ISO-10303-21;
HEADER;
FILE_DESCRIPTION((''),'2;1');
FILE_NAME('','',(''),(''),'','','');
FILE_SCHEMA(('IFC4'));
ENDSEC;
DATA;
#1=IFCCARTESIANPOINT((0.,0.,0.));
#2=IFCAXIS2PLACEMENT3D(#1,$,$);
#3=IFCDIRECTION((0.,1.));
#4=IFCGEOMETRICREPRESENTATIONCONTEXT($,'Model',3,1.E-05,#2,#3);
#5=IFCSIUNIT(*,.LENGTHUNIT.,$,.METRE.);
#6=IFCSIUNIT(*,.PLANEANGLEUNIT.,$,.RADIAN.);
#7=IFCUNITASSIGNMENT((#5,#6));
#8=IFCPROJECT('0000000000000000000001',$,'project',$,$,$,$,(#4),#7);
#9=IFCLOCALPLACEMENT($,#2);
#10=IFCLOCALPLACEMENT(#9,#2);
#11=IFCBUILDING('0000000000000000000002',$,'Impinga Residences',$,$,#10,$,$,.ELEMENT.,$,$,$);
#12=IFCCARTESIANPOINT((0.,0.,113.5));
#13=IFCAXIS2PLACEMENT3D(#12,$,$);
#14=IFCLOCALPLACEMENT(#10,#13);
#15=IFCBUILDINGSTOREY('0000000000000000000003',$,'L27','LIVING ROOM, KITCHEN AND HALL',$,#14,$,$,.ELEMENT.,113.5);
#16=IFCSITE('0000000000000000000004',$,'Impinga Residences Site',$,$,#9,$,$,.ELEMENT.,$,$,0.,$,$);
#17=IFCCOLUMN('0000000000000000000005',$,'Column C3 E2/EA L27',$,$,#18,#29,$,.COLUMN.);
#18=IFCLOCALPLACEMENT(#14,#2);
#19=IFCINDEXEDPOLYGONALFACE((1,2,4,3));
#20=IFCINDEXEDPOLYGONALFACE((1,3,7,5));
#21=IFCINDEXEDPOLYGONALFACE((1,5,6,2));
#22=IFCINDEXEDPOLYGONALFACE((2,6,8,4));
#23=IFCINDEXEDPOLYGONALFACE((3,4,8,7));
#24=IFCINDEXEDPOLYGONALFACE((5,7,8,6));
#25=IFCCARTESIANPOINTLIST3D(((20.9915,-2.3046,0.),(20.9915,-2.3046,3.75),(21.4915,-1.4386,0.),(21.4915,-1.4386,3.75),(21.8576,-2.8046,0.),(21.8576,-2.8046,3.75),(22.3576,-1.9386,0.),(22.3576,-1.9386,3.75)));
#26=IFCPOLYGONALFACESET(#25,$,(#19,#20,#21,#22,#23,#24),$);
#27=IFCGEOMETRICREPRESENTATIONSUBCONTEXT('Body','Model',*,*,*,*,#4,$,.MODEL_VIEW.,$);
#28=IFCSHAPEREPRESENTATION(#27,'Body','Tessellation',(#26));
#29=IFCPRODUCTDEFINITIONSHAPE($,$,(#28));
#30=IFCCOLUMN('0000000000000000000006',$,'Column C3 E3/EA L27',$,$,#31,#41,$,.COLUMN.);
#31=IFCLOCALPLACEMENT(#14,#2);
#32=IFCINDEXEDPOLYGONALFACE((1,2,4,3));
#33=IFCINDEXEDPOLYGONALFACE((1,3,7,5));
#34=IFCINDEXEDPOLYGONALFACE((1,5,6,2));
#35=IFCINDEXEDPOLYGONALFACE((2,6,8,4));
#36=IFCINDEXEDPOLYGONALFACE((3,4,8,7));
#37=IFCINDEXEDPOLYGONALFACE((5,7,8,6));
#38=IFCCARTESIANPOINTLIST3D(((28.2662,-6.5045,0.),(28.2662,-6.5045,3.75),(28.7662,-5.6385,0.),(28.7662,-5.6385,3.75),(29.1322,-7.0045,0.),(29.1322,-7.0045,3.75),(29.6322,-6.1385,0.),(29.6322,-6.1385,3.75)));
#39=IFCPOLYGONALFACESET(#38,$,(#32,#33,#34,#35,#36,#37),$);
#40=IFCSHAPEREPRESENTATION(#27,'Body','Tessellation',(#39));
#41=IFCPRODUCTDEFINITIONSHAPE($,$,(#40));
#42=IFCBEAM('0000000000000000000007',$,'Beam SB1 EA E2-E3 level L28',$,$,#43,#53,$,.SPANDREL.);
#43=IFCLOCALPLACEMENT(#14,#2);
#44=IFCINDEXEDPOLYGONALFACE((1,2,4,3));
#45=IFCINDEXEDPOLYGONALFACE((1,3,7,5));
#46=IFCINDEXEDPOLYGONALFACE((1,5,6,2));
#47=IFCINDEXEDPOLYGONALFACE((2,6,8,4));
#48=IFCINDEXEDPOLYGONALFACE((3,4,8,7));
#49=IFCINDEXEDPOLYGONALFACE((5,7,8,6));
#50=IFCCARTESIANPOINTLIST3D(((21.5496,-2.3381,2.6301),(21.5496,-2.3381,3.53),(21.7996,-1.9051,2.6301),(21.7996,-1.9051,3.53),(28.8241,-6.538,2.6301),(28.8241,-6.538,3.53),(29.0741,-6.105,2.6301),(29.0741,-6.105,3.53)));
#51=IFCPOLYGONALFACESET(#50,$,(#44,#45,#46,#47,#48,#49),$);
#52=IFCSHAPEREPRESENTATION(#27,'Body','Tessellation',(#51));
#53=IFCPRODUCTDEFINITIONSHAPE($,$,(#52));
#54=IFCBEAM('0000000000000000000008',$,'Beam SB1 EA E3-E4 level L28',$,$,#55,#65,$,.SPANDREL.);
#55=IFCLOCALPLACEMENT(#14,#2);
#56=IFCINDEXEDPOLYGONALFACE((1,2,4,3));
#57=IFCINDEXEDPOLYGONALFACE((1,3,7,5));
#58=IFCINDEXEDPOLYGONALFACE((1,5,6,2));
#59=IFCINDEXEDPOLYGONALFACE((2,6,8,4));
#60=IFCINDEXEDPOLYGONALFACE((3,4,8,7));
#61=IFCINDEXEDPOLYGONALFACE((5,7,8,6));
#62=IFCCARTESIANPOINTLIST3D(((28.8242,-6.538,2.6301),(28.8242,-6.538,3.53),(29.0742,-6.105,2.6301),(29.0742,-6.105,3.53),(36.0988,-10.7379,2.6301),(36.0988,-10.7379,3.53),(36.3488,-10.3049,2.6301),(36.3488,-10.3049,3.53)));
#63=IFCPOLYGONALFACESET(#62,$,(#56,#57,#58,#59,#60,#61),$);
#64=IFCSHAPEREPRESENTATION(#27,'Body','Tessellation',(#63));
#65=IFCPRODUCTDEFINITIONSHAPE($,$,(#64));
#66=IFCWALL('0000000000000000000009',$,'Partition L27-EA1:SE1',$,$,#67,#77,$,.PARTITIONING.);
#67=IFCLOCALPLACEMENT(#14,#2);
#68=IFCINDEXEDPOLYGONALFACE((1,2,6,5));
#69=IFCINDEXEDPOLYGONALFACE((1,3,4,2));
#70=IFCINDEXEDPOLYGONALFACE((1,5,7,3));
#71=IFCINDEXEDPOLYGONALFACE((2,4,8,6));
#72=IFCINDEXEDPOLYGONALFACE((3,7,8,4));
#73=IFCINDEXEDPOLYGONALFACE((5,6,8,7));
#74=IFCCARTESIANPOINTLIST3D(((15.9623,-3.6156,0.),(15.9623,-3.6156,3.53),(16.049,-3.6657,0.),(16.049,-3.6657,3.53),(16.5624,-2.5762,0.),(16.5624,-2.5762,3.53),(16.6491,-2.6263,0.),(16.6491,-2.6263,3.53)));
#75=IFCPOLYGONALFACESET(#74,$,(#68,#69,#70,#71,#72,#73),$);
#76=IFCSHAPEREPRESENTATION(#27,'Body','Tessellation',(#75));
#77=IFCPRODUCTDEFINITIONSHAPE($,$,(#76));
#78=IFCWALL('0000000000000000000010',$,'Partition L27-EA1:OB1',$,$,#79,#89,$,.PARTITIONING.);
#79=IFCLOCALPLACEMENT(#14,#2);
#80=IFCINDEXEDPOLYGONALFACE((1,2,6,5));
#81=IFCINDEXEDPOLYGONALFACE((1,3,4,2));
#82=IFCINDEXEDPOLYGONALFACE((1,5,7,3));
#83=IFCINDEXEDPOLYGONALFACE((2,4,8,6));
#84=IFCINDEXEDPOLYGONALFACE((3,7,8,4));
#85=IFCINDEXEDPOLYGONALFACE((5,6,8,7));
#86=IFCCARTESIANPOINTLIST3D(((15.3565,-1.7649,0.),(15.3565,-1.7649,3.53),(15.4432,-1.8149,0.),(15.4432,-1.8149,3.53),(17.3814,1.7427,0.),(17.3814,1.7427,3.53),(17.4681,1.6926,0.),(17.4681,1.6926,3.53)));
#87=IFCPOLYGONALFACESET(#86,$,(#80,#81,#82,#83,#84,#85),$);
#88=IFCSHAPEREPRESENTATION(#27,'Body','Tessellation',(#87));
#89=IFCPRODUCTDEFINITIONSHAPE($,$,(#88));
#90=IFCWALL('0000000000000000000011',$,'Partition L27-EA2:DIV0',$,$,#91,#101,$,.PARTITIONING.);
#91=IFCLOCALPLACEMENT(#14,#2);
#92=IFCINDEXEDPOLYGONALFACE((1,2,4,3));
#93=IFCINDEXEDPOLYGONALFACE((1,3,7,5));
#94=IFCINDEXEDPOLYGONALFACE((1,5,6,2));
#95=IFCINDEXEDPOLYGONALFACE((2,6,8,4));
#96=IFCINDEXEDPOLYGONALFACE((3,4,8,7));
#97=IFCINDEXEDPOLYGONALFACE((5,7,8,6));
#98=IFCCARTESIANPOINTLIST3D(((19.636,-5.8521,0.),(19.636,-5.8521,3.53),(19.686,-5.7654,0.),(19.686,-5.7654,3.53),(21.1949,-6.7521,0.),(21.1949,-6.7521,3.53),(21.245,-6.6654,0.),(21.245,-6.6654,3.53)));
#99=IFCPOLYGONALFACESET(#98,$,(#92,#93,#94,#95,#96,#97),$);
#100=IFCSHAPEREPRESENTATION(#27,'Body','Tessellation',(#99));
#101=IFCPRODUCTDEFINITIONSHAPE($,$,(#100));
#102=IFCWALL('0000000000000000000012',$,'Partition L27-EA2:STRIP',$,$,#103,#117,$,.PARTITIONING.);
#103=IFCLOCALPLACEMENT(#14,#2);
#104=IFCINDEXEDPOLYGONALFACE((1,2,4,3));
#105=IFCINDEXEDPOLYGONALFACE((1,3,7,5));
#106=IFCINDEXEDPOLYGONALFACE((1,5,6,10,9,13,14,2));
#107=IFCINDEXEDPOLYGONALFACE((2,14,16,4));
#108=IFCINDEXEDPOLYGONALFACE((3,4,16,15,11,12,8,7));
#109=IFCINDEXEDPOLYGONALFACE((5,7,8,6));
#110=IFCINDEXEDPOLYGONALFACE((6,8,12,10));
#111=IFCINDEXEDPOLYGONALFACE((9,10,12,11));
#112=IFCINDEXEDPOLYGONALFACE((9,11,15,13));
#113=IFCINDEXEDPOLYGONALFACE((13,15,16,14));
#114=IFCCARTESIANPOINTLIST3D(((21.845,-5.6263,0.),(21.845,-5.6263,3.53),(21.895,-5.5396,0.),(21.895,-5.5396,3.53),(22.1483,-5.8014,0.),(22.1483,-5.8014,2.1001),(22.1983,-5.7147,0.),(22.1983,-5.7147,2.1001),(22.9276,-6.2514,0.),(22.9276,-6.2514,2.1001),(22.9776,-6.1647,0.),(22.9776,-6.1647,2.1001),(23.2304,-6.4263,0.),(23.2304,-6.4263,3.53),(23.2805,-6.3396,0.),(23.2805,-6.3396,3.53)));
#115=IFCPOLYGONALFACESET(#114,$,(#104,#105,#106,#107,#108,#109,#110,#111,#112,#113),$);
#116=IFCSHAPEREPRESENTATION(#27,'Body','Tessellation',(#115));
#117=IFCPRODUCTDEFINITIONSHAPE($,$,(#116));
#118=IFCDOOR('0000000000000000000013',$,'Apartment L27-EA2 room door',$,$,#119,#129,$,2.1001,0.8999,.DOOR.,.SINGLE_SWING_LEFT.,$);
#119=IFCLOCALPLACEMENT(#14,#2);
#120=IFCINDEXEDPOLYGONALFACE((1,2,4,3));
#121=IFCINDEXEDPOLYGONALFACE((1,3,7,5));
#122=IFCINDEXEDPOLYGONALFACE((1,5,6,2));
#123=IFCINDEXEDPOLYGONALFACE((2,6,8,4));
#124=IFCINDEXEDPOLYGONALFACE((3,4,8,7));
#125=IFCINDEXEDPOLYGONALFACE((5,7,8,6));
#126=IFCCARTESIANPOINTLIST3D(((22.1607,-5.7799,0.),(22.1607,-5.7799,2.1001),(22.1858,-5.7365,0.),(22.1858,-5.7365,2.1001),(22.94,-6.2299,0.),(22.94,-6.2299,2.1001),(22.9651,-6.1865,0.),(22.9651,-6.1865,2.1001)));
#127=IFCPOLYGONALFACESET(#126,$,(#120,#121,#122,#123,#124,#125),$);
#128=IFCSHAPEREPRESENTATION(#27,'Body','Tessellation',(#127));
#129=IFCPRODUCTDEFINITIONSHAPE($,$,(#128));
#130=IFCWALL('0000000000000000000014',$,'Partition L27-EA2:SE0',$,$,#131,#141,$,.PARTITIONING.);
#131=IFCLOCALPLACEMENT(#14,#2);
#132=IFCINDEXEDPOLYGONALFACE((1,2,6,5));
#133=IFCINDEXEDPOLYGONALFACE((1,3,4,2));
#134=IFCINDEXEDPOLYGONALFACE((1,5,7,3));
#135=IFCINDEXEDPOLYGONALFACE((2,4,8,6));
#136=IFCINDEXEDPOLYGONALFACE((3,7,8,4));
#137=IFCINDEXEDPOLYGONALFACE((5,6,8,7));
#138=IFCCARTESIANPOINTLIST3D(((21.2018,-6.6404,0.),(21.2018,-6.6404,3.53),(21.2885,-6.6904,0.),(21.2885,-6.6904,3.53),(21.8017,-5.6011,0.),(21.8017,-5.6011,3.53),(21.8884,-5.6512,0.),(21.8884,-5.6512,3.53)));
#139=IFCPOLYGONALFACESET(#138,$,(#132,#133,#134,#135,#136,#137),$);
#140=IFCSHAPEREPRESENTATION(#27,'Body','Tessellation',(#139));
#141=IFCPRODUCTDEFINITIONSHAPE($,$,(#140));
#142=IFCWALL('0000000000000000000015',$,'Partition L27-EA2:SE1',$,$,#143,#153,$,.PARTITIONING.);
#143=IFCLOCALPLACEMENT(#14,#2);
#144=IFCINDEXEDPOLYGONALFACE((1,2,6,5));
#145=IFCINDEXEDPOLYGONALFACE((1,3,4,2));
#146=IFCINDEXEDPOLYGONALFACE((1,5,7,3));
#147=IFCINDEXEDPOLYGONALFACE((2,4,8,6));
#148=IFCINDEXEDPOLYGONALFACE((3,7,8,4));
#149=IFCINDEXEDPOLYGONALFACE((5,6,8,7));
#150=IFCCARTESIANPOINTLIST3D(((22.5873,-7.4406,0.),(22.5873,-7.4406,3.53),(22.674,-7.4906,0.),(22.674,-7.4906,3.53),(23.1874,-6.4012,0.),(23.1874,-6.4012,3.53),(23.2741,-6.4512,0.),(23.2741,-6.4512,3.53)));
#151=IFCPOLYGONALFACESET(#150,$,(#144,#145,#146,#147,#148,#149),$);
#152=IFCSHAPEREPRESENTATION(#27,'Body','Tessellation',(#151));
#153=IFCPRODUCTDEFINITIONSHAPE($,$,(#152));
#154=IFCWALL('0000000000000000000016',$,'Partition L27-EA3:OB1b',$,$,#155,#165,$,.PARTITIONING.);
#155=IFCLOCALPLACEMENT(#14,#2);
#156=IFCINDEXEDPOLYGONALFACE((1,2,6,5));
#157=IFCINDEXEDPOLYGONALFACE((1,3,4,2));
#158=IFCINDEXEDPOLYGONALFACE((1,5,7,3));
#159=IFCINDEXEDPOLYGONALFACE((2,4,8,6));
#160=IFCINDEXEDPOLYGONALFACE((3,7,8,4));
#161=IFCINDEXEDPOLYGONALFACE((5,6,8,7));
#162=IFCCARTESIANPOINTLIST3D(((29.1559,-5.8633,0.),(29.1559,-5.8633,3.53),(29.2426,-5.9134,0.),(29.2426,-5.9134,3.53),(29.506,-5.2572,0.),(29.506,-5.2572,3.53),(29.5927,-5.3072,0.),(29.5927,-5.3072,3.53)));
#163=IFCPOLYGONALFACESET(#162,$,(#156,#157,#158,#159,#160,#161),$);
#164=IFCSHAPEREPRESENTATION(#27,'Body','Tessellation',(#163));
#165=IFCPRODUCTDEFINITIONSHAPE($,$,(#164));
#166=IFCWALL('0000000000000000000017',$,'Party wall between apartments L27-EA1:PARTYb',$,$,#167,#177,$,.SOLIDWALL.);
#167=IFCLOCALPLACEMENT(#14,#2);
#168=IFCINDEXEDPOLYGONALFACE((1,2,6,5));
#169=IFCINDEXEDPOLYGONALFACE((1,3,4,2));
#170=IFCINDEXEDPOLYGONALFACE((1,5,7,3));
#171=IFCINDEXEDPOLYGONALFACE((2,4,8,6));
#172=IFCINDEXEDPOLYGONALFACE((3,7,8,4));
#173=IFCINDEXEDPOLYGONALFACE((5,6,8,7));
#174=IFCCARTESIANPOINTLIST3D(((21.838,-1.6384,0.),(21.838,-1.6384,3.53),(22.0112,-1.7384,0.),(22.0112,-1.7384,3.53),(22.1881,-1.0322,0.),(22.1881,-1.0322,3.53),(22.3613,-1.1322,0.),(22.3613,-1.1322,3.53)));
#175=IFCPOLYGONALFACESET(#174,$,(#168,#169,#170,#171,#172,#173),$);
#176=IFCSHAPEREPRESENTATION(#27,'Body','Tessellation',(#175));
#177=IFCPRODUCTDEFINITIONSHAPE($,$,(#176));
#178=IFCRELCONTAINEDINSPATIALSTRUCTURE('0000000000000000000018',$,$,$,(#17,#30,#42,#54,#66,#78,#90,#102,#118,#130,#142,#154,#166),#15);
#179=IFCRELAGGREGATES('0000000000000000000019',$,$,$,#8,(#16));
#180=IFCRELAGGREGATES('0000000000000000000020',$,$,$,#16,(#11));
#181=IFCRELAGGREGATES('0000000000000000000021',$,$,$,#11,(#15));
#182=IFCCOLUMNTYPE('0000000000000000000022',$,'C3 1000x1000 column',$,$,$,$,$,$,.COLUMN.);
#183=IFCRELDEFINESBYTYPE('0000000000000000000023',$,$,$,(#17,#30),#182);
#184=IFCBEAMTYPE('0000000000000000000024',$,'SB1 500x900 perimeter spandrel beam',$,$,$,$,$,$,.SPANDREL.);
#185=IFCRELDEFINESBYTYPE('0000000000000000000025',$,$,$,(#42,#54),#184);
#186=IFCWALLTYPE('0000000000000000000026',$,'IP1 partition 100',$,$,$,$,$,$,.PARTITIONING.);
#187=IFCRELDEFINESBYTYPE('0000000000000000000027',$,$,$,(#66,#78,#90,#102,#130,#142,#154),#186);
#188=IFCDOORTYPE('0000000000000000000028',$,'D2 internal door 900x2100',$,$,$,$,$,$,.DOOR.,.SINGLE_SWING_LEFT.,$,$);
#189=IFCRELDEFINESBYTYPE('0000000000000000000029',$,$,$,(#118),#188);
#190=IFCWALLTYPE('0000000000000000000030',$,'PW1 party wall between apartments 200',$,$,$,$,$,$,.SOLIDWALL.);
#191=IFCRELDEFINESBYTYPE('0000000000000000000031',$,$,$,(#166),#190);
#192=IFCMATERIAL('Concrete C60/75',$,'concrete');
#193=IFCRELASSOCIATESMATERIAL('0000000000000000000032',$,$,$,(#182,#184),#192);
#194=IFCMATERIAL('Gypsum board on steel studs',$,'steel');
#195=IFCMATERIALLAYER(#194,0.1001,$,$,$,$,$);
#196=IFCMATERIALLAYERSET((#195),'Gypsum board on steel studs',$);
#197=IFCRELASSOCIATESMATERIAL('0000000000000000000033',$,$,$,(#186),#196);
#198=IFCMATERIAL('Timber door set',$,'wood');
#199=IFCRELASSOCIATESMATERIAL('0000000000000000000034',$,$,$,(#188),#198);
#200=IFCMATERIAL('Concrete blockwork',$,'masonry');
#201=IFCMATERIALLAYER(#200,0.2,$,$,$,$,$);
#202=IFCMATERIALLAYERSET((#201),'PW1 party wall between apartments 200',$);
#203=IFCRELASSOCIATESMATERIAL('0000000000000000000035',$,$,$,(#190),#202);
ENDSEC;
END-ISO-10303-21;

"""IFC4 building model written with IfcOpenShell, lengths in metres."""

from ifc_helpers import new_model, si_unit, direction, frame, frame_2d, origin, origin_2d, place, context, subcontext, project, spatial, rectangle, extrude, material, layer, layer_set, material_profile, profile_set, type_object, element, fill, save


model = new_model("IFC4")

# Units and contexts
model_context = context("Model", 3, precision=1e-05, world=origin(), true_north=direction((0.0, 1.0)))
body_context = subcontext(model_context, "Body", "Model", "MODEL_VIEW")
ifc_project = project(units=[si_unit("LENGTHUNIT", "METRE"), si_unit("PLANEANGLEUNIT", "RADIAN")], contexts=[model_context])

# Site, building, storey
site_placement = place(None, origin())
site = spatial("IfcSite", under=ifc_project, at=site_placement, Name="Impinga Residences Site", CompositionType="ELEMENT", RefElevation=0.0)
building_placement = place(site_placement, origin())
building = spatial("IfcBuilding", under=site, at=building_placement, Name="Impinga Residences", CompositionType="ELEMENT")
storey_placement = place(building_placement, frame((0.0, 0.0, 113.5)))
storey = spatial("IfcBuildingStorey", under=building, at=storey_placement, Name="L27", Description="LIVING ROOM, KITCHEN AND HALL", CompositionType="ELEMENT", Elevation=113.5)

# Columns
ifc_material_1 = material(Name="Concrete C60/75", Category="concrete")
ifc_material_profile_1 = material_profile(ifc_material_1, rectangle(XDim=1.0, YDim=1.0, at=origin_2d()), Name="RC 1000x1000")
ifc_profile_set_1 = profile_set([ifc_material_profile_1], Name="Concrete C60/75")
column_type = type_object("IfcColumnType", Name="C3 1000x1000 column", PredefinedType="COLUMN", material=ifc_profile_set_1)
for number, where, z_axis, x_axis, name in (
    (1, (21.6746, -2.1216, 0.0), (0.0, 0.0, 1.0), (-0.5, -0.866025, 0.0), "Column C3 E2/EA L27"),
    (2, (28.9492, -6.3215, 0.0), (0.0, 0.0, 1.0), (-0.5, -0.866025, 0.0), "Column C3 E3/EA L27"),
):
    element("IfcColumn", number, at=place(storey_placement, frame(where, z_axis=z_axis, x_axis=x_axis)), inside=storey, type_object=column_type, Name=name, PredefinedType="COLUMN", context=body_context, shape_type="SweptSolid", body=[
        extrude(rectangle(XDim=1.0, YDim=1.0, at=origin_2d()), origin(), (0.0, 0.0, 1.0), 3.75),
    ])

# Beams
ifc_material_profile_2 = material_profile(ifc_material_1, rectangle(XDim=0.5, YDim=0.8999, at=origin_2d()), Name="RC 500x900")
ifc_profile_set_2 = profile_set([ifc_material_profile_2], Name="Concrete C60/75")
beam_type = type_object("IfcBeamType", Name="SB1 500x900 perimeter spandrel beam", PredefinedType="SPANDREL", material=ifc_profile_set_2)
for number, where, z_axis, x_axis, name in (
    (3, (21.6746, -2.1216, 3.0801), (0.866029, -0.499993, 0.0), (0.499993, 0.866029, 0.0), "Beam SB1 EA E2-E3 level L28"),
    (4, (28.9492, -6.3215, 3.0801), (0.866029, -0.499993, 0.0), (0.499993, 0.866029, 0.0), "Beam SB1 EA E3-E4 level L28"),
):
    element("IfcBeam", number, at=place(storey_placement, frame(where, z_axis=z_axis, x_axis=x_axis)), inside=storey, type_object=beam_type, Name=name, PredefinedType="SPANDREL", context=body_context, shape_type="SweptSolid", body=[
        extrude(rectangle(XDim=0.5, YDim=0.8999, at=origin_2d()), origin(), (0.0, 0.0, 1.0), 8.3999),
    ])

# Walls
ifc_material_2 = material(Name="Gypsum board on steel studs", Category="steel")
ifc_layer_1 = layer(ifc_material_2, 0.1001)
ifc_layer_set_1 = layer_set([ifc_layer_1], Name="Gypsum board on steel studs")
wall_type_1 = type_object("IfcWallType", Name="IP1 partition 100", PredefinedType="PARTITIONING", material=ifc_layer_set_1)
wall_1_placement = place(storey_placement, frame((16.0056, -3.6406, 0.0), z_axis=(0.0, 0.0, 1.0), x_axis=(0.500034, 0.866006, 0.0)))
element("IfcWall", 5, at=wall_1_placement, inside=storey, type_object=wall_type_1, Name="Partition L27-EA1:SE1", PredefinedType="PARTITIONING", context=body_context, shape_type="SweptSolid", body=[
    extrude(rectangle(XDim=1.2002, YDim=0.1001, at=frame_2d((0.6001, 0.0))), origin(), (0.0, 0.0, 1.0), 3.53),
])
wall_2_placement = place(storey_placement, frame((15.3999, -1.7898, 0.0), z_axis=(0.0, 0.0, 1.0), x_axis=(0.499964, 0.866046, 0.0)))
element("IfcWall", 6, at=wall_2_placement, inside=storey, type_object=wall_type_1, Name="Partition L27-EA1:OB1", PredefinedType="PARTITIONING", context=body_context, shape_type="SweptSolid", body=[
    extrude(rectangle(XDim=4.05, YDim=0.1001, at=frame_2d((2.0249, 0.0))), origin(), (0.0, 0.0, 1.0), 3.53),
])
wall_3_placement = place(storey_placement, frame((19.6611, -5.8088, 0.0), z_axis=(0.0, 0.0, 1.0), x_axis=(0.866048, -0.499961, 0.0)))
element("IfcWall", 7, at=wall_3_placement, inside=storey, type_object=wall_type_1, Name="Partition L27-EA2:DIV0", PredefinedType="PARTITIONING", context=body_context, shape_type="SweptSolid", body=[
    extrude(rectangle(XDim=1.8, YDim=0.1001, at=frame_2d((0.8999, 0.0))), origin(), (0.0, 0.0, 1.0), 3.53),
])

# Wall, opening, door
wall_4_placement = place(storey_placement, frame((21.8701, -5.583, 0.0), z_axis=(0.0, 0.0, 1.0), x_axis=(0.86599, -0.500061, 0.0)))
wall_4 = element("IfcWall", 8, at=wall_4_placement, inside=storey, type_object=wall_type_1, Name="Partition L27-EA2:STRIP", PredefinedType="PARTITIONING", context=body_context, shape_type="SweptSolid", body=[
    extrude(rectangle(XDim=1.5999, YDim=0.1001, at=frame_2d((0.7998, 0.0))), origin(), (0.0, 0.0, 1.0), 3.53),
])
opening_placement = place(wall_4_placement, frame((0.3501, 0.0, 0.0)))
opening = element("IfcOpeningElement", 9, at=opening_placement, cuts=wall_4, PredefinedType="OPENING", context=body_context, shape_type="SweptSolid", body=[
    extrude(rectangle(XDim=0.8999, YDim=2.1001, at=frame_2d((0.45, 1.05))), frame((0.0, 0.0601, 0.0), z_axis=(0.0, -1.0, 0.0), x_axis=(1.0, 0.0, 0.0)), (0.0, 0.0, 1.0), 0.1201),
])
ifc_material_3 = material(Name="Timber door set", Category="wood")
door_type = type_object("IfcDoorType", Name="D2 internal door 900x2100", OperationType="SINGLE_SWING_LEFT", PredefinedType="DOOR", material=ifc_material_3)
door_placement = place(opening_placement, origin())
door = element("IfcDoor", 10, at=door_placement, inside=storey, type_object=door_type, Name="Apartment L27-EA2 room door", OperationType="SINGLE_SWING_LEFT", OverallHeight=2.1001, OverallWidth=0.8999, PredefinedType="DOOR", context=body_context, shape_type="SweptSolid", body=[
    extrude(rectangle(XDim=0.8999, YDim=2.1001, at=frame_2d((0.45, 1.05))), frame((0.0, 0.0249, 0.0), z_axis=(0.0, -1.0, 0.0), x_axis=(1.0, 0.0, 0.0)), (0.0, 0.0, 1.0), 0.05),
])
fill(opening, door)

# Walls
wall_5_placement = place(storey_placement, frame((21.2451, -6.6655, 0.0), z_axis=(0.0, 0.0, 1.0), x_axis=(0.499881, 0.866094, 0.0)))
element("IfcWall", 11, at=wall_5_placement, inside=storey, type_object=wall_type_1, Name="Partition L27-EA2:SE0", PredefinedType="PARTITIONING", context=body_context, shape_type="SweptSolid", body=[
    extrude(rectangle(XDim=1.2, YDim=0.1001, at=frame_2d((0.6001, 0.0))), origin(), (0.0, 0.0, 1.0), 3.53),
])
wall_6_placement = place(storey_placement, frame((22.6306, -7.4656, 0.0), z_axis=(0.0, 0.0, 1.0), x_axis=(0.500034, 0.866006, 0.0)))
element("IfcWall", 12, at=wall_6_placement, inside=storey, type_object=wall_type_1, Name="Partition L27-EA2:SE1", PredefinedType="PARTITIONING", context=body_context, shape_type="SweptSolid", body=[
    extrude(rectangle(XDim=1.2002, YDim=0.1001, at=frame_2d((0.6001, 0.0))), origin(), (0.0, 0.0, 1.0), 3.53),
])
wall_7_placement = place(storey_placement, frame((29.1992, -5.8884, 0.0), z_axis=(0.0, 0.0, 1.0), x_axis=(0.500115, 0.865959, 0.0)))
element("IfcWall", 13, at=wall_7_placement, inside=storey, type_object=wall_type_1, Name="Partition L27-EA3:OB1b", PredefinedType="PARTITIONING", context=body_context, shape_type="SweptSolid", body=[
    extrude(rectangle(XDim=0.7, YDim=0.1001, at=frame_2d((0.3501, 0.0))), origin(), (0.0, 0.0, 1.0), 3.53),
])
ifc_material_4 = material(Name="Concrete blockwork", Category="masonry")
ifc_layer_2 = layer(ifc_material_4, 0.2)
ifc_layer_set_2 = layer_set([ifc_layer_2], Name="PW1 party wall between apartments 200")
wall_type_2 = type_object("IfcWallType", Name="PW1 party wall between apartments 200", PredefinedType="SOLIDWALL", material=ifc_layer_set_2)
wall_8_placement = place(storey_placement, frame((21.9246, -1.6885, 0.0), z_axis=(0.0, 0.0, 1.0), x_axis=(0.500115, 0.865959, 0.0)))
element("IfcWall", 14, at=wall_8_placement, inside=storey, type_object=wall_type_2, Name="Party wall between apartments L27-EA1:PARTYb", PredefinedType="SOLIDWALL", context=body_context, shape_type="SweptSolid", body=[
    extrude(rectangle(XDim=0.7, YDim=0.2, at=frame_2d((0.3501, 0.0))), origin(), (0.0, 0.0, 1.0), 3.53),
])

save(model, "model.ifc")
